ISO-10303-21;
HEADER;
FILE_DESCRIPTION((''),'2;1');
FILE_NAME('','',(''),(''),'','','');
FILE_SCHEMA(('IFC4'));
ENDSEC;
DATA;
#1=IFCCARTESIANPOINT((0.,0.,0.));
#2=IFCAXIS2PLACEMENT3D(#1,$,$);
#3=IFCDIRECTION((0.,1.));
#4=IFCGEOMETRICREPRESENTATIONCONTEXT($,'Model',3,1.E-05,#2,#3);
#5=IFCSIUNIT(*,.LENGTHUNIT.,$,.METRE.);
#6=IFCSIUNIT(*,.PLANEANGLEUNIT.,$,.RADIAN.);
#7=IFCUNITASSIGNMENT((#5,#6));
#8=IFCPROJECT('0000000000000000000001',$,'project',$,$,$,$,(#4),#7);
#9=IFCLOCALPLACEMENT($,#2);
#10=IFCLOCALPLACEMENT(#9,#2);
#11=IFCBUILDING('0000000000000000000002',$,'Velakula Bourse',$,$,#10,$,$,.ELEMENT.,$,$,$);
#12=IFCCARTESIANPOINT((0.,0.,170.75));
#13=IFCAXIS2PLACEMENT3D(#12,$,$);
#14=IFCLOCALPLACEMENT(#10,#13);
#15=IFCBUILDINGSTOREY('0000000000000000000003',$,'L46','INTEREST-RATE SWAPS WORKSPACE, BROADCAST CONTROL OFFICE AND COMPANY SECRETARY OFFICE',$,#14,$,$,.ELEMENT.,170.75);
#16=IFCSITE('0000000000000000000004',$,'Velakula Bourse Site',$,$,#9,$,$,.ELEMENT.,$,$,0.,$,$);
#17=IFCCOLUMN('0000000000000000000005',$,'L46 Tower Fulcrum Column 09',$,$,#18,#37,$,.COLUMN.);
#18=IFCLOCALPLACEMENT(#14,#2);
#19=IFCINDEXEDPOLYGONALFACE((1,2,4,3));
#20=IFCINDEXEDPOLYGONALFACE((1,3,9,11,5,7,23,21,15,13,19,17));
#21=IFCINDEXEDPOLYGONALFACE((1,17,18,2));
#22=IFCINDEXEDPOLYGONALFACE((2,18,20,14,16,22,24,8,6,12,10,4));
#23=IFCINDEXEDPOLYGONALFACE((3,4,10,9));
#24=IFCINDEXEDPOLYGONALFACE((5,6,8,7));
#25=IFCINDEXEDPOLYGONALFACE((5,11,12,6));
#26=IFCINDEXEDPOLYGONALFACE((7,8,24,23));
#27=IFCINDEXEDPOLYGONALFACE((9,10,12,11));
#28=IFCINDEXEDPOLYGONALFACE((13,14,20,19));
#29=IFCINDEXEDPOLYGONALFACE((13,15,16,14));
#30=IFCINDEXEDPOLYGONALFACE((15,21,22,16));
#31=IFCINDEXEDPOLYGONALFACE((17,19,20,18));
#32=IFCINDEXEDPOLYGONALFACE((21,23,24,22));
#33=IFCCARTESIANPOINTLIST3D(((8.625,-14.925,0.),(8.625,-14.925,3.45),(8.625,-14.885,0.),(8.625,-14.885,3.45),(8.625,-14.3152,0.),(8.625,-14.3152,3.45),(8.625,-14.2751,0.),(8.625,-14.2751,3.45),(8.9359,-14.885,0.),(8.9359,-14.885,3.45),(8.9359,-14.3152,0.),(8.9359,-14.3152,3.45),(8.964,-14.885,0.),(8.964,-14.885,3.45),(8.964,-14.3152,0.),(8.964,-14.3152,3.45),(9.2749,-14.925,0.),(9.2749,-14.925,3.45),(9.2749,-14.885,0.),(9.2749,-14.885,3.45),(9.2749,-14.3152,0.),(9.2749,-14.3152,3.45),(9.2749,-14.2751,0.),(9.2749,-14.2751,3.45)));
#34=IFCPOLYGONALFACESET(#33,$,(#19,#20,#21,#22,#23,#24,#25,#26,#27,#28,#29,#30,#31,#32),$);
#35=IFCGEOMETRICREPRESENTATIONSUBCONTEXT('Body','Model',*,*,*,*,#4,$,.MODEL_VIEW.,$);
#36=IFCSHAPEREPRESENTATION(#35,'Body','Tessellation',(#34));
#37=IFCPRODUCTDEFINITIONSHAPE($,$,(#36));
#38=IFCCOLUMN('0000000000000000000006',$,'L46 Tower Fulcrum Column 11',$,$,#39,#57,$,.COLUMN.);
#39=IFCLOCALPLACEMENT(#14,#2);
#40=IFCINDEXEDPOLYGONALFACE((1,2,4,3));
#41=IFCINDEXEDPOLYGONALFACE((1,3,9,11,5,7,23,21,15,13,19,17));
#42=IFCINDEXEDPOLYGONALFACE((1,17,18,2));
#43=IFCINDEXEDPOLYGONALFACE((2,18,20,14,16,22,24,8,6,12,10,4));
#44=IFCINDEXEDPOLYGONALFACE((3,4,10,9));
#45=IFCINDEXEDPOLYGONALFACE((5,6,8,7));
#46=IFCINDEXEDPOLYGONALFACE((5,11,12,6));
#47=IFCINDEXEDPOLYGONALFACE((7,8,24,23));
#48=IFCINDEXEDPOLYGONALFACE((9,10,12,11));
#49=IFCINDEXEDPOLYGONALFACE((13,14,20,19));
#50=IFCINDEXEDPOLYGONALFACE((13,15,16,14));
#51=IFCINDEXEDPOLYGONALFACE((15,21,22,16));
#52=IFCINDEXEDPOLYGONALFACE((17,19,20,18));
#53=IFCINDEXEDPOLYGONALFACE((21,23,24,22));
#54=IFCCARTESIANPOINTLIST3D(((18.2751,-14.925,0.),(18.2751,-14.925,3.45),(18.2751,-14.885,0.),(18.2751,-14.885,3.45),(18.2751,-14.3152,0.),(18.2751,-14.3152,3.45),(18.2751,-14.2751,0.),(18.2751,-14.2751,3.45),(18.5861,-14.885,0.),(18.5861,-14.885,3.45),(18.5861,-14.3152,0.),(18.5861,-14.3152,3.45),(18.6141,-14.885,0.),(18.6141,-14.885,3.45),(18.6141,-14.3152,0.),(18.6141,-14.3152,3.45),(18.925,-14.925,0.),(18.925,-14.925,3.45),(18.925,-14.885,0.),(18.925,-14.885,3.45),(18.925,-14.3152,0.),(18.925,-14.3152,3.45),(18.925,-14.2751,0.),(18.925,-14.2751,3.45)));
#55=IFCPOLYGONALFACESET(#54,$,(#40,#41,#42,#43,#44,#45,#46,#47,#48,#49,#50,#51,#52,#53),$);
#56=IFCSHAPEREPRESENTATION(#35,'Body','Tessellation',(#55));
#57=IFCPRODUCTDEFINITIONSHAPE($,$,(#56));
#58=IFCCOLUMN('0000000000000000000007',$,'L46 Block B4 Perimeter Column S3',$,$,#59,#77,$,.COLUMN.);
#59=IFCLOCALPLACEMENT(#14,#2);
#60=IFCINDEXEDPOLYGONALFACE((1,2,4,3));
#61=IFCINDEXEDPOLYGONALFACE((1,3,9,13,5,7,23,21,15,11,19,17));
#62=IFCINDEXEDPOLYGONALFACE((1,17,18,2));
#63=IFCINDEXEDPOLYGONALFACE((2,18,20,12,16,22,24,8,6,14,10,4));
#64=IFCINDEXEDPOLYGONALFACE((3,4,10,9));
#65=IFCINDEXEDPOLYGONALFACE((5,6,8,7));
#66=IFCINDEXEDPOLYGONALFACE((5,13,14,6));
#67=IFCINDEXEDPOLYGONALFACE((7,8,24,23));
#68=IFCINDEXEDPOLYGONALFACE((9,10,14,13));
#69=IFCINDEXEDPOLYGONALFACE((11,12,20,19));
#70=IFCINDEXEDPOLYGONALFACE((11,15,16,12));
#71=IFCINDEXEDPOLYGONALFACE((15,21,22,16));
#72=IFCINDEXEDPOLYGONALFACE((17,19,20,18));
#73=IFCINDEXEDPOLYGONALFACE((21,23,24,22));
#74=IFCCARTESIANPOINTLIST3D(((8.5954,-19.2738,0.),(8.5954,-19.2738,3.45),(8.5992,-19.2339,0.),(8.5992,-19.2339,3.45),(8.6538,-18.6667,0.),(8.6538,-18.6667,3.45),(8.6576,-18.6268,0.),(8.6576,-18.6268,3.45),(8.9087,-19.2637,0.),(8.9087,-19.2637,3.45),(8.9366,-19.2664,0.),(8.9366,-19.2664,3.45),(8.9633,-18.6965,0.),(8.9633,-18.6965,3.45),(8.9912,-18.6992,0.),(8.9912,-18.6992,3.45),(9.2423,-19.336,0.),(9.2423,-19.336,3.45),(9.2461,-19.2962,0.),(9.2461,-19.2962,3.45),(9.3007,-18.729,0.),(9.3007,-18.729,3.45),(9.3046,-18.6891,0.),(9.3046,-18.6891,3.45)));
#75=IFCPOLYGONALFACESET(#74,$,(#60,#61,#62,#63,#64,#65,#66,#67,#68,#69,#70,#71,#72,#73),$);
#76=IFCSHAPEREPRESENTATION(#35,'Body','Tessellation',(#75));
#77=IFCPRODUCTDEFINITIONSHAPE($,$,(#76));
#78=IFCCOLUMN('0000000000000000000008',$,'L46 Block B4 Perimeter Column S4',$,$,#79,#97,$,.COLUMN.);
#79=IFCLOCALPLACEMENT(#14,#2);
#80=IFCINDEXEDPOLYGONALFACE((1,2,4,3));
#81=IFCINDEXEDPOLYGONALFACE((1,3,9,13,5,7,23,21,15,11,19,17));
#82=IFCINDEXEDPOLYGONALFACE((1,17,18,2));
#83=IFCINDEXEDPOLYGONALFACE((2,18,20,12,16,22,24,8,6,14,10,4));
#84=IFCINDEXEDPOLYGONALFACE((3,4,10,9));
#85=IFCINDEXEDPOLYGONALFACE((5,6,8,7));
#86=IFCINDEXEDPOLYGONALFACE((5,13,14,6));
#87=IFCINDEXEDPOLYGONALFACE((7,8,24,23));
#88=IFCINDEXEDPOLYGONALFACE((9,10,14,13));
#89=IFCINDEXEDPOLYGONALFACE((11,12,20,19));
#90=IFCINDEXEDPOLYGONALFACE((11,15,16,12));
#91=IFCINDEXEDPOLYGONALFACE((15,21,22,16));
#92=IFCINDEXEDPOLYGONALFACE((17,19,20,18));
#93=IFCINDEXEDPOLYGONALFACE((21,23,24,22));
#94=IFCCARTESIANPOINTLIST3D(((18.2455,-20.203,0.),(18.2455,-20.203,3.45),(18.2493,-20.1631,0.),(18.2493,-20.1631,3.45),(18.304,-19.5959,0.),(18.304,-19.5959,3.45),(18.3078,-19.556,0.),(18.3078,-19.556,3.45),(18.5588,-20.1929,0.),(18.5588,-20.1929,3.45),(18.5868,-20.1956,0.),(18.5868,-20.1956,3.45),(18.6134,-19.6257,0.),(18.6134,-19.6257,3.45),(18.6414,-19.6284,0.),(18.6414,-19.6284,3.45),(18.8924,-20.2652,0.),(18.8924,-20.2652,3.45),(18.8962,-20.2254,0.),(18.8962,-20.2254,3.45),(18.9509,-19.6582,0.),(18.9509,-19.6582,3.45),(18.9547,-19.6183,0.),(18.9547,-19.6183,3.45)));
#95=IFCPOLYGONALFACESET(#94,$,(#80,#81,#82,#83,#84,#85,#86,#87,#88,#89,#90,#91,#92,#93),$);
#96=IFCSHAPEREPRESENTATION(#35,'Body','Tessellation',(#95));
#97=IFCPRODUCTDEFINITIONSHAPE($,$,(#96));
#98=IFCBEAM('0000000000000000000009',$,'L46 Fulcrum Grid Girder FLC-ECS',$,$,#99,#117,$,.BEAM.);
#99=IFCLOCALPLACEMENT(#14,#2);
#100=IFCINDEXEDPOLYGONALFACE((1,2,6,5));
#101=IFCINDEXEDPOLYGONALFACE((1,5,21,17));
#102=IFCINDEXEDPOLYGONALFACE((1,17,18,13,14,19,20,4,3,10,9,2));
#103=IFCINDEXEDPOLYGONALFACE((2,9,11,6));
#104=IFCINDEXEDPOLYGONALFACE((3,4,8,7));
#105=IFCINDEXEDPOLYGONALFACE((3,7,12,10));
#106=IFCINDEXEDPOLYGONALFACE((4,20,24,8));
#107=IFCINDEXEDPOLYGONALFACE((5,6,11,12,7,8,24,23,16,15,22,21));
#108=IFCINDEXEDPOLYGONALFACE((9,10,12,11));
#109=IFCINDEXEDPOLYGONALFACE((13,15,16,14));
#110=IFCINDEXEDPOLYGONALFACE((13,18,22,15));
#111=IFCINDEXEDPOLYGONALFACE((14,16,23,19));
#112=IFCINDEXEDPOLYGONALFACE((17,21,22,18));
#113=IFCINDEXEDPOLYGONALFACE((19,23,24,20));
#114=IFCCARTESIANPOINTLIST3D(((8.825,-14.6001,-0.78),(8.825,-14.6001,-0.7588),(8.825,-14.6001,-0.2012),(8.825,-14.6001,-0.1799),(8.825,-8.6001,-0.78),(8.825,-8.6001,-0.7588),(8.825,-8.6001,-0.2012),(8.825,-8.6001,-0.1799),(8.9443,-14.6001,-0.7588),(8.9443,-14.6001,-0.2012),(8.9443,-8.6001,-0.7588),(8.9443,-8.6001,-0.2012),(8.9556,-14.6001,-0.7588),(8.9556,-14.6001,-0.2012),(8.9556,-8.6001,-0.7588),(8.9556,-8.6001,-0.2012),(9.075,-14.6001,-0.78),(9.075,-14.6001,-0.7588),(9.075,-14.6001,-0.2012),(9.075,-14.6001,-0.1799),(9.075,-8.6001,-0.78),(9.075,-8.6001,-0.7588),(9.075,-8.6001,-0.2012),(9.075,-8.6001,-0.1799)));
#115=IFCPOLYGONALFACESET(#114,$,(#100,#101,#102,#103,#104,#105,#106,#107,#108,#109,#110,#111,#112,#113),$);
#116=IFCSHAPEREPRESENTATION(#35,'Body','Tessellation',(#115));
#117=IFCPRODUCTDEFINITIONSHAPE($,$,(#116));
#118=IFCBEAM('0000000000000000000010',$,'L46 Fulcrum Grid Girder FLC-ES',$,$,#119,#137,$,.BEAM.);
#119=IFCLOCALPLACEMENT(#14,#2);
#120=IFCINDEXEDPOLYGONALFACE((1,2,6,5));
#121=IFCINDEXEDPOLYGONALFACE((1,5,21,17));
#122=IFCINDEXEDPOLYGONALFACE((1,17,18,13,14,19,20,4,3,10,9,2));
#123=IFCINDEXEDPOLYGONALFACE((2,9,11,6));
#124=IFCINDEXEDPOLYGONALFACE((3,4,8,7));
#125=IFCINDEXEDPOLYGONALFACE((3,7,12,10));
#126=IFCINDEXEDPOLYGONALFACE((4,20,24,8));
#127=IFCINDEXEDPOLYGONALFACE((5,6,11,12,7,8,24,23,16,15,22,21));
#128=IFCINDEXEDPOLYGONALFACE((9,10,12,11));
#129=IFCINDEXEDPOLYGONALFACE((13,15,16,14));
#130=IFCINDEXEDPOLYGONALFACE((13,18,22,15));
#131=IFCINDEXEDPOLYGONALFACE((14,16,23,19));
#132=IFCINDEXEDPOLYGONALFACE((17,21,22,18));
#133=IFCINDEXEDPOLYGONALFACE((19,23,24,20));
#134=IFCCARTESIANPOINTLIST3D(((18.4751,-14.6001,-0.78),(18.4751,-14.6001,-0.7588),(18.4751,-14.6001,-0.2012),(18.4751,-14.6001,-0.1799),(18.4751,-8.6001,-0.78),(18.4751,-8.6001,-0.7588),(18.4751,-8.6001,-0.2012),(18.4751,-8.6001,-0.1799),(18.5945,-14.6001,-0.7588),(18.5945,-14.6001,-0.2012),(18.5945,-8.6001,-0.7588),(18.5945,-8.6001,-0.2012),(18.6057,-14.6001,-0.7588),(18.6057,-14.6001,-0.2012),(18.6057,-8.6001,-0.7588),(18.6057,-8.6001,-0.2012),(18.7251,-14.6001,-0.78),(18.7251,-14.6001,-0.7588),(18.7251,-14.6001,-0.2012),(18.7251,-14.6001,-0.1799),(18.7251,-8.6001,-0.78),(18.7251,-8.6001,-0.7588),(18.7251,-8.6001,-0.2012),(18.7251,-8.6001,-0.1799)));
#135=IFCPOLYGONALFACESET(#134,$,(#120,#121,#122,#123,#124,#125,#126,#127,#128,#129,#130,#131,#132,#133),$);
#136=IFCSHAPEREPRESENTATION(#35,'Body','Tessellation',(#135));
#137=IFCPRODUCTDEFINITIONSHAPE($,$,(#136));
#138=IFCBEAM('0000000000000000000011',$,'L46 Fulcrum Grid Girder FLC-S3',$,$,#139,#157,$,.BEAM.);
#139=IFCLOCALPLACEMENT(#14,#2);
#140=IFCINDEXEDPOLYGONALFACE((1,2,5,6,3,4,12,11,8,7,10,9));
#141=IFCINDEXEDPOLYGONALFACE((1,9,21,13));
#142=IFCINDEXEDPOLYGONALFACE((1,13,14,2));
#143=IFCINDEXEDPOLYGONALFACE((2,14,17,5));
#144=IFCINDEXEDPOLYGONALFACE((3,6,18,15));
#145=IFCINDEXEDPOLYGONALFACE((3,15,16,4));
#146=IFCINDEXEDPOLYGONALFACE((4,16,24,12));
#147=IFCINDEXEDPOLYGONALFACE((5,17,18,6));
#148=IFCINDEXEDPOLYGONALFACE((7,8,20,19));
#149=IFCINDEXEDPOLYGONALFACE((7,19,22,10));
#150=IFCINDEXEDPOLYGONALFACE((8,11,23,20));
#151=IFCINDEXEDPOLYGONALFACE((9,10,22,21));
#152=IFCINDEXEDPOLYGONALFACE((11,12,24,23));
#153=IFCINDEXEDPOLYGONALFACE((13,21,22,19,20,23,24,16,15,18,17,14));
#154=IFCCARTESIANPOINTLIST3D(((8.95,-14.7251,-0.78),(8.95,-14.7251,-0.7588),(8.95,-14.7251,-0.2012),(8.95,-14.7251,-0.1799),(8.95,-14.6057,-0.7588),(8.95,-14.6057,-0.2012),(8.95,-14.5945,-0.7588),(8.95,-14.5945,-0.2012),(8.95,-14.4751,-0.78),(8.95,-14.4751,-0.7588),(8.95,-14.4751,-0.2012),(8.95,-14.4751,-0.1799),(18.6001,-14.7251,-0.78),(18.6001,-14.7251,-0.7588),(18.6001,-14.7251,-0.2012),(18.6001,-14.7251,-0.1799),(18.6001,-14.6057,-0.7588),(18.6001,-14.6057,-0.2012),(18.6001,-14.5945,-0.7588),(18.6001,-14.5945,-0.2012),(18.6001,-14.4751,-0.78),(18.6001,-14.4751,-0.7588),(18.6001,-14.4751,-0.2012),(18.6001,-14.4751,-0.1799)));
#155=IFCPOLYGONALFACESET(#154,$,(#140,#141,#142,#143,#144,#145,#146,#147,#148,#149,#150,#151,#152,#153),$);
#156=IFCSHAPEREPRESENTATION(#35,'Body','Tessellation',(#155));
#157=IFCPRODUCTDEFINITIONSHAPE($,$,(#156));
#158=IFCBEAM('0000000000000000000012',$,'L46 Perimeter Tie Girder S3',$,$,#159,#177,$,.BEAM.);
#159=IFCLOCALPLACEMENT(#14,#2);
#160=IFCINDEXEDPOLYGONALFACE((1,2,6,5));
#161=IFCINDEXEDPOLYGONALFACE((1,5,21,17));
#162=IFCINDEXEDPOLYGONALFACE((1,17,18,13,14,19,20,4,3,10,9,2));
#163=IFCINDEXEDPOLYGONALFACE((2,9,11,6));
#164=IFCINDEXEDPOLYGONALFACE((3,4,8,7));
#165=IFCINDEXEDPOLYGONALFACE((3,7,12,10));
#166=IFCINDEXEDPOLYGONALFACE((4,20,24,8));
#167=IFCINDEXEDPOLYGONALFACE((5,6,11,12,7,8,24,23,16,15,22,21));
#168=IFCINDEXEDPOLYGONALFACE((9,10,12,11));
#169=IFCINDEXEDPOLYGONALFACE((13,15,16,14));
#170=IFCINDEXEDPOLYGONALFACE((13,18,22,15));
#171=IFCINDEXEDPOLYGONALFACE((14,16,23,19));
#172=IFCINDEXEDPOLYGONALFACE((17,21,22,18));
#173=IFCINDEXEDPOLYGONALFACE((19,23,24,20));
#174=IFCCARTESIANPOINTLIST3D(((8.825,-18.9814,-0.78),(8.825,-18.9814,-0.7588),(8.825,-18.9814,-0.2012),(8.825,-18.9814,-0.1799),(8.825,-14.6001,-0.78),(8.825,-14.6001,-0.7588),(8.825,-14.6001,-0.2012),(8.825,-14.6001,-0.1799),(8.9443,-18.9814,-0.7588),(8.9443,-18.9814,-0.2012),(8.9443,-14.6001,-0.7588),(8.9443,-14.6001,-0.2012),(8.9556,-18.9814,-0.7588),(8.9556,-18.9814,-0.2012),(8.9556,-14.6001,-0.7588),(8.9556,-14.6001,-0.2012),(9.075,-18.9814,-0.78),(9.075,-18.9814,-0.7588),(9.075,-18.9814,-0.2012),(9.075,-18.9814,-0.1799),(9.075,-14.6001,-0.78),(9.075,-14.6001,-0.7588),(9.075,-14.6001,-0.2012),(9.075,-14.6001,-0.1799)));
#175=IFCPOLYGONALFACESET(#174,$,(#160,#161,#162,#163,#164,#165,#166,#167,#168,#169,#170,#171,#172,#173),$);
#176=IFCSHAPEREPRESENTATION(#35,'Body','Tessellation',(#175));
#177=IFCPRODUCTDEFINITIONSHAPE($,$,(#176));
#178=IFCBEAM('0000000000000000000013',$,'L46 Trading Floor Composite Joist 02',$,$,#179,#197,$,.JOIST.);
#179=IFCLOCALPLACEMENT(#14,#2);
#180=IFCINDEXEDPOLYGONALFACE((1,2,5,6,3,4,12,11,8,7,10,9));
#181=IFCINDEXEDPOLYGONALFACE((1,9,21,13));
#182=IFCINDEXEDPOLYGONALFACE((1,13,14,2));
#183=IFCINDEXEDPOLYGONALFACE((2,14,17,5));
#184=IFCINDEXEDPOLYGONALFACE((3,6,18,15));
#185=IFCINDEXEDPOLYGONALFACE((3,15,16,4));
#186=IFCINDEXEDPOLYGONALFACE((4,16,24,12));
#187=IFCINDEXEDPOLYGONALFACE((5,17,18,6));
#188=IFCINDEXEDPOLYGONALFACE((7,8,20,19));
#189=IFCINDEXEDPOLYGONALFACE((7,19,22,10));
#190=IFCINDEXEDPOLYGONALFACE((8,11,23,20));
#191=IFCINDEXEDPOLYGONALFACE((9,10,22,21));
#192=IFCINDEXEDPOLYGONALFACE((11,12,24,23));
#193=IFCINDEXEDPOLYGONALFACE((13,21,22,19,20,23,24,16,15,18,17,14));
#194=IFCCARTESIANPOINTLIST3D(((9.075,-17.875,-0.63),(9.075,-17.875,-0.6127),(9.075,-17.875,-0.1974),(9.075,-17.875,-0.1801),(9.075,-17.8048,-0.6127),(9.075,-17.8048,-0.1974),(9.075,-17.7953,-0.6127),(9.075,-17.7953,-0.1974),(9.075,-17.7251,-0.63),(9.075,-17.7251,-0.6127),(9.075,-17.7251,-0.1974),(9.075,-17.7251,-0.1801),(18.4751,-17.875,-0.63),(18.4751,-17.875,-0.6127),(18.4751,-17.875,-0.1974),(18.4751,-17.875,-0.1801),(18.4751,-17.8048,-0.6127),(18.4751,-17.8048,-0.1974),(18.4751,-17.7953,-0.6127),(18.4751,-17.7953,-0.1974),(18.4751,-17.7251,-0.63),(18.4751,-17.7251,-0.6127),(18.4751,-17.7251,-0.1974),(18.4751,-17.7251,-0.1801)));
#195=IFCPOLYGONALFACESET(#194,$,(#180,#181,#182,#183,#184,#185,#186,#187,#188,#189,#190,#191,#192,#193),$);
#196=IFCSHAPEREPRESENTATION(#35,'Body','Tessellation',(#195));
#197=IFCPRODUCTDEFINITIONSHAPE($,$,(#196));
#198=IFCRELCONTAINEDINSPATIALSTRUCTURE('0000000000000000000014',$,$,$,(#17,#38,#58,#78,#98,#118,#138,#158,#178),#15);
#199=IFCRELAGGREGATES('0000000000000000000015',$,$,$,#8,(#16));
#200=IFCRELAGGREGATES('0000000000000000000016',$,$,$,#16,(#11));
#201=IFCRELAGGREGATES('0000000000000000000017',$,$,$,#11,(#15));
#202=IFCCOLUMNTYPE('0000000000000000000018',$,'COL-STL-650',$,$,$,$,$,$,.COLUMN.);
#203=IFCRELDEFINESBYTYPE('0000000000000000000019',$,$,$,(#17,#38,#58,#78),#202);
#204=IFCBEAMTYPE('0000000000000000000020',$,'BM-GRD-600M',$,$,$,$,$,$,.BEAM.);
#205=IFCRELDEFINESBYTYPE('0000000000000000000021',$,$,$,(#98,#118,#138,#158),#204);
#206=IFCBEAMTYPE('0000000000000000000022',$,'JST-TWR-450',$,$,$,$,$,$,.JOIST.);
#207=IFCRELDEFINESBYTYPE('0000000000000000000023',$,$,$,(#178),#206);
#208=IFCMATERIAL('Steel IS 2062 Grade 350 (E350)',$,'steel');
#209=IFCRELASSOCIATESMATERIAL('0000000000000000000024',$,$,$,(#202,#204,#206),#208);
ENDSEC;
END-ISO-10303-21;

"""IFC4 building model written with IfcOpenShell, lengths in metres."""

from ifc_helpers import new_model, si_unit, direction, frame, origin, origin_2d, place, context, subcontext, project, spatial, i_section, extrude, material, material_profile, profile_set, type_object, element, save


model = new_model("IFC4")

# Units and contexts
model_context = context("Model", 3, precision=1e-05, world=origin(), true_north=direction((0.0, 1.0)))
body_context = subcontext(model_context, "Body", "Model", "MODEL_VIEW")
ifc_project = project(units=[si_unit("LENGTHUNIT", "METRE"), si_unit("PLANEANGLEUNIT", "RADIAN")], contexts=[model_context])

# Site, building, storey
site_placement = place(None, origin())
site = spatial("IfcSite", under=ifc_project, at=site_placement, Name="Velakula Bourse Site", CompositionType="ELEMENT", RefElevation=0.0)
building_placement = place(site_placement, origin())
building = spatial("IfcBuilding", under=site, at=building_placement, Name="Velakula Bourse", CompositionType="ELEMENT")
storey_placement = place(building_placement, frame((0.0, 0.0, 170.75)))
storey = spatial("IfcBuildingStorey", under=building, at=storey_placement, Name="L46", Description="INTEREST-RATE SWAPS WORKSPACE, BROADCAST CONTROL OFFICE AND COMPANY SECRETARY OFFICE", CompositionType="ELEMENT", Elevation=170.75)

# Columns
ifc_material_1 = material(Name="Steel IS 2062 Grade 350 (E350)", Category="steel")
ifc_material_profile_1 = material_profile(ifc_material_1, i_section(OverallWidth=0.6499, OverallDepth=0.6499, WebThickness=0.0281, FlangeThickness=0.04, at=origin_2d()), Name="Steel IS 2062 Grade 350 (E350)")
ifc_profile_set_1 = profile_set([ifc_material_profile_1], Name="Steel IS 2062 Grade 350 (E350)")
column_type = type_object("IfcColumnType", Name="COL-STL-650", PredefinedType="COLUMN", material=ifc_profile_set_1)
for number, where, z_axis, x_axis, name in (
    (1, (8.95, -14.6001, 0.0), (0.0, 0.0, 1.0), (1.0, 0.0, 0.0), "L46 Tower Fulcrum Column 09"),
    (2, (18.6001, -14.6001, 0.0), (0.0, 0.0, 1.0), (1.0, 0.0, 0.0), "L46 Tower Fulcrum Column 11"),
    (3, (8.95, -18.9814, 0.0), (0.0, 0.0, 1.0), (0.995396, -0.095846, 0.0), "L46 Block B4 Perimeter Column S3"),
    (4, (18.6001, -19.9106, 0.0), (0.0, 0.0, 1.0), (0.995396, -0.095846, 0.0), "L46 Block B4 Perimeter Column S4"),
):
    element("IfcColumn", number, at=place(storey_placement, frame(where, z_axis=z_axis, x_axis=x_axis)), inside=storey, type_object=column_type, Name=name, PredefinedType="COLUMN", context=body_context, shape_type="SweptSolid", body=[
        extrude(i_section(OverallWidth=0.6499, OverallDepth=0.6499, WebThickness=0.0281, FlangeThickness=0.04, at=origin_2d()), origin(), (0.0, 0.0, 1.0), 3.45),
    ])

# Beams
ifc_material_profile_2 = material_profile(ifc_material_1, i_section(OverallWidth=0.25, OverallDepth=0.6001, WebThickness=0.0112, FlangeThickness=0.0212, at=origin_2d()), Name="Steel IS 2062 Grade 350 (E350)")
ifc_profile_set_2 = profile_set([ifc_material_profile_2], Name="Steel IS 2062 Grade 350 (E350)")
beam_type_1 = type_object("IfcBeamType", Name="BM-GRD-600M", PredefinedType="BEAM", material=ifc_profile_set_2)
for number, where, z_axis, x_axis, name in (
    (5, (8.95, -14.6001, -0.48), (0.0, 1.0, 0.0), (-1.0, 0.0, 0.0), "L46 Fulcrum Grid Girder FLC-ECS"),
    (6, (18.6001, -14.6001, -0.48), (0.0, 1.0, 0.0), (-1.0, 0.0, 0.0), "L46 Fulcrum Grid Girder FLC-ES"),
):
    element("IfcBeam", number, at=place(storey_placement, frame(where, z_axis=z_axis, x_axis=x_axis)), inside=storey, type_object=beam_type_1, Name=name, PredefinedType="BEAM", context=body_context, shape_type="SweptSolid", body=[
        extrude(i_section(OverallWidth=0.25, OverallDepth=0.6001, WebThickness=0.0112, FlangeThickness=0.0212, at=origin_2d()), origin(), (0.0, 0.0, 1.0), 6.0),
    ])
beam_1_placement = place(storey_placement, frame((8.95, -14.6001, -0.48), z_axis=(1.0, 0.0, 0.0), x_axis=(0.0, 1.0, 0.0)))
element("IfcBeam", 7, at=beam_1_placement, inside=storey, type_object=beam_type_1, Name="L46 Fulcrum Grid Girder FLC-S3", PredefinedType="BEAM", context=body_context, shape_type="SweptSolid", body=[
    extrude(i_section(OverallWidth=0.25, OverallDepth=0.6001, WebThickness=0.0112, FlangeThickness=0.0212, at=origin_2d()), origin(), (0.0, 0.0, 1.0), 9.6501),
])
beam_2_placement = place(storey_placement, frame((8.95, -14.6001, -0.48), z_axis=(0.0, -1.0, 0.0), x_axis=(1.0, 0.0, 0.0)))
element("IfcBeam", 8, at=beam_2_placement, inside=storey, type_object=beam_type_1, Name="L46 Perimeter Tie Girder S3", PredefinedType="BEAM", context=body_context, shape_type="SweptSolid", body=[
    extrude(i_section(OverallWidth=0.25, OverallDepth=0.6001, WebThickness=0.0112, FlangeThickness=0.0212, at=origin_2d()), origin(), (0.0, 0.0, 1.0), 4.3813),
])
ifc_material_profile_3 = material_profile(ifc_material_1, i_section(OverallWidth=0.1499, OverallDepth=0.45, WebThickness=0.0095, FlangeThickness=0.0173, at=origin_2d()), Name="Steel IS 2062 Grade 350 (E350)")
ifc_profile_set_3 = profile_set([ifc_material_profile_3], Name="Steel IS 2062 Grade 350 (E350)")
beam_type_2 = type_object("IfcBeamType", Name="JST-TWR-450", PredefinedType="JOIST", material=ifc_profile_set_3)
beam_3_placement = place(storey_placement, frame((9.075, -17.8, -0.405), z_axis=(1.0, 0.0, 0.0), x_axis=(0.0, 1.0, 0.0)))
element("IfcBeam", 9, at=beam_3_placement, inside=storey, type_object=beam_type_2, Name="L46 Trading Floor Composite Joist 02", PredefinedType="JOIST", context=body_context, shape_type="SweptSolid", body=[
    extrude(i_section(OverallWidth=0.1499, OverallDepth=0.45, WebThickness=0.0095, FlangeThickness=0.0173, at=origin_2d()), origin(), (0.0, 0.0, 1.0), 9.4001),
])

save(model, "model.ifc")
